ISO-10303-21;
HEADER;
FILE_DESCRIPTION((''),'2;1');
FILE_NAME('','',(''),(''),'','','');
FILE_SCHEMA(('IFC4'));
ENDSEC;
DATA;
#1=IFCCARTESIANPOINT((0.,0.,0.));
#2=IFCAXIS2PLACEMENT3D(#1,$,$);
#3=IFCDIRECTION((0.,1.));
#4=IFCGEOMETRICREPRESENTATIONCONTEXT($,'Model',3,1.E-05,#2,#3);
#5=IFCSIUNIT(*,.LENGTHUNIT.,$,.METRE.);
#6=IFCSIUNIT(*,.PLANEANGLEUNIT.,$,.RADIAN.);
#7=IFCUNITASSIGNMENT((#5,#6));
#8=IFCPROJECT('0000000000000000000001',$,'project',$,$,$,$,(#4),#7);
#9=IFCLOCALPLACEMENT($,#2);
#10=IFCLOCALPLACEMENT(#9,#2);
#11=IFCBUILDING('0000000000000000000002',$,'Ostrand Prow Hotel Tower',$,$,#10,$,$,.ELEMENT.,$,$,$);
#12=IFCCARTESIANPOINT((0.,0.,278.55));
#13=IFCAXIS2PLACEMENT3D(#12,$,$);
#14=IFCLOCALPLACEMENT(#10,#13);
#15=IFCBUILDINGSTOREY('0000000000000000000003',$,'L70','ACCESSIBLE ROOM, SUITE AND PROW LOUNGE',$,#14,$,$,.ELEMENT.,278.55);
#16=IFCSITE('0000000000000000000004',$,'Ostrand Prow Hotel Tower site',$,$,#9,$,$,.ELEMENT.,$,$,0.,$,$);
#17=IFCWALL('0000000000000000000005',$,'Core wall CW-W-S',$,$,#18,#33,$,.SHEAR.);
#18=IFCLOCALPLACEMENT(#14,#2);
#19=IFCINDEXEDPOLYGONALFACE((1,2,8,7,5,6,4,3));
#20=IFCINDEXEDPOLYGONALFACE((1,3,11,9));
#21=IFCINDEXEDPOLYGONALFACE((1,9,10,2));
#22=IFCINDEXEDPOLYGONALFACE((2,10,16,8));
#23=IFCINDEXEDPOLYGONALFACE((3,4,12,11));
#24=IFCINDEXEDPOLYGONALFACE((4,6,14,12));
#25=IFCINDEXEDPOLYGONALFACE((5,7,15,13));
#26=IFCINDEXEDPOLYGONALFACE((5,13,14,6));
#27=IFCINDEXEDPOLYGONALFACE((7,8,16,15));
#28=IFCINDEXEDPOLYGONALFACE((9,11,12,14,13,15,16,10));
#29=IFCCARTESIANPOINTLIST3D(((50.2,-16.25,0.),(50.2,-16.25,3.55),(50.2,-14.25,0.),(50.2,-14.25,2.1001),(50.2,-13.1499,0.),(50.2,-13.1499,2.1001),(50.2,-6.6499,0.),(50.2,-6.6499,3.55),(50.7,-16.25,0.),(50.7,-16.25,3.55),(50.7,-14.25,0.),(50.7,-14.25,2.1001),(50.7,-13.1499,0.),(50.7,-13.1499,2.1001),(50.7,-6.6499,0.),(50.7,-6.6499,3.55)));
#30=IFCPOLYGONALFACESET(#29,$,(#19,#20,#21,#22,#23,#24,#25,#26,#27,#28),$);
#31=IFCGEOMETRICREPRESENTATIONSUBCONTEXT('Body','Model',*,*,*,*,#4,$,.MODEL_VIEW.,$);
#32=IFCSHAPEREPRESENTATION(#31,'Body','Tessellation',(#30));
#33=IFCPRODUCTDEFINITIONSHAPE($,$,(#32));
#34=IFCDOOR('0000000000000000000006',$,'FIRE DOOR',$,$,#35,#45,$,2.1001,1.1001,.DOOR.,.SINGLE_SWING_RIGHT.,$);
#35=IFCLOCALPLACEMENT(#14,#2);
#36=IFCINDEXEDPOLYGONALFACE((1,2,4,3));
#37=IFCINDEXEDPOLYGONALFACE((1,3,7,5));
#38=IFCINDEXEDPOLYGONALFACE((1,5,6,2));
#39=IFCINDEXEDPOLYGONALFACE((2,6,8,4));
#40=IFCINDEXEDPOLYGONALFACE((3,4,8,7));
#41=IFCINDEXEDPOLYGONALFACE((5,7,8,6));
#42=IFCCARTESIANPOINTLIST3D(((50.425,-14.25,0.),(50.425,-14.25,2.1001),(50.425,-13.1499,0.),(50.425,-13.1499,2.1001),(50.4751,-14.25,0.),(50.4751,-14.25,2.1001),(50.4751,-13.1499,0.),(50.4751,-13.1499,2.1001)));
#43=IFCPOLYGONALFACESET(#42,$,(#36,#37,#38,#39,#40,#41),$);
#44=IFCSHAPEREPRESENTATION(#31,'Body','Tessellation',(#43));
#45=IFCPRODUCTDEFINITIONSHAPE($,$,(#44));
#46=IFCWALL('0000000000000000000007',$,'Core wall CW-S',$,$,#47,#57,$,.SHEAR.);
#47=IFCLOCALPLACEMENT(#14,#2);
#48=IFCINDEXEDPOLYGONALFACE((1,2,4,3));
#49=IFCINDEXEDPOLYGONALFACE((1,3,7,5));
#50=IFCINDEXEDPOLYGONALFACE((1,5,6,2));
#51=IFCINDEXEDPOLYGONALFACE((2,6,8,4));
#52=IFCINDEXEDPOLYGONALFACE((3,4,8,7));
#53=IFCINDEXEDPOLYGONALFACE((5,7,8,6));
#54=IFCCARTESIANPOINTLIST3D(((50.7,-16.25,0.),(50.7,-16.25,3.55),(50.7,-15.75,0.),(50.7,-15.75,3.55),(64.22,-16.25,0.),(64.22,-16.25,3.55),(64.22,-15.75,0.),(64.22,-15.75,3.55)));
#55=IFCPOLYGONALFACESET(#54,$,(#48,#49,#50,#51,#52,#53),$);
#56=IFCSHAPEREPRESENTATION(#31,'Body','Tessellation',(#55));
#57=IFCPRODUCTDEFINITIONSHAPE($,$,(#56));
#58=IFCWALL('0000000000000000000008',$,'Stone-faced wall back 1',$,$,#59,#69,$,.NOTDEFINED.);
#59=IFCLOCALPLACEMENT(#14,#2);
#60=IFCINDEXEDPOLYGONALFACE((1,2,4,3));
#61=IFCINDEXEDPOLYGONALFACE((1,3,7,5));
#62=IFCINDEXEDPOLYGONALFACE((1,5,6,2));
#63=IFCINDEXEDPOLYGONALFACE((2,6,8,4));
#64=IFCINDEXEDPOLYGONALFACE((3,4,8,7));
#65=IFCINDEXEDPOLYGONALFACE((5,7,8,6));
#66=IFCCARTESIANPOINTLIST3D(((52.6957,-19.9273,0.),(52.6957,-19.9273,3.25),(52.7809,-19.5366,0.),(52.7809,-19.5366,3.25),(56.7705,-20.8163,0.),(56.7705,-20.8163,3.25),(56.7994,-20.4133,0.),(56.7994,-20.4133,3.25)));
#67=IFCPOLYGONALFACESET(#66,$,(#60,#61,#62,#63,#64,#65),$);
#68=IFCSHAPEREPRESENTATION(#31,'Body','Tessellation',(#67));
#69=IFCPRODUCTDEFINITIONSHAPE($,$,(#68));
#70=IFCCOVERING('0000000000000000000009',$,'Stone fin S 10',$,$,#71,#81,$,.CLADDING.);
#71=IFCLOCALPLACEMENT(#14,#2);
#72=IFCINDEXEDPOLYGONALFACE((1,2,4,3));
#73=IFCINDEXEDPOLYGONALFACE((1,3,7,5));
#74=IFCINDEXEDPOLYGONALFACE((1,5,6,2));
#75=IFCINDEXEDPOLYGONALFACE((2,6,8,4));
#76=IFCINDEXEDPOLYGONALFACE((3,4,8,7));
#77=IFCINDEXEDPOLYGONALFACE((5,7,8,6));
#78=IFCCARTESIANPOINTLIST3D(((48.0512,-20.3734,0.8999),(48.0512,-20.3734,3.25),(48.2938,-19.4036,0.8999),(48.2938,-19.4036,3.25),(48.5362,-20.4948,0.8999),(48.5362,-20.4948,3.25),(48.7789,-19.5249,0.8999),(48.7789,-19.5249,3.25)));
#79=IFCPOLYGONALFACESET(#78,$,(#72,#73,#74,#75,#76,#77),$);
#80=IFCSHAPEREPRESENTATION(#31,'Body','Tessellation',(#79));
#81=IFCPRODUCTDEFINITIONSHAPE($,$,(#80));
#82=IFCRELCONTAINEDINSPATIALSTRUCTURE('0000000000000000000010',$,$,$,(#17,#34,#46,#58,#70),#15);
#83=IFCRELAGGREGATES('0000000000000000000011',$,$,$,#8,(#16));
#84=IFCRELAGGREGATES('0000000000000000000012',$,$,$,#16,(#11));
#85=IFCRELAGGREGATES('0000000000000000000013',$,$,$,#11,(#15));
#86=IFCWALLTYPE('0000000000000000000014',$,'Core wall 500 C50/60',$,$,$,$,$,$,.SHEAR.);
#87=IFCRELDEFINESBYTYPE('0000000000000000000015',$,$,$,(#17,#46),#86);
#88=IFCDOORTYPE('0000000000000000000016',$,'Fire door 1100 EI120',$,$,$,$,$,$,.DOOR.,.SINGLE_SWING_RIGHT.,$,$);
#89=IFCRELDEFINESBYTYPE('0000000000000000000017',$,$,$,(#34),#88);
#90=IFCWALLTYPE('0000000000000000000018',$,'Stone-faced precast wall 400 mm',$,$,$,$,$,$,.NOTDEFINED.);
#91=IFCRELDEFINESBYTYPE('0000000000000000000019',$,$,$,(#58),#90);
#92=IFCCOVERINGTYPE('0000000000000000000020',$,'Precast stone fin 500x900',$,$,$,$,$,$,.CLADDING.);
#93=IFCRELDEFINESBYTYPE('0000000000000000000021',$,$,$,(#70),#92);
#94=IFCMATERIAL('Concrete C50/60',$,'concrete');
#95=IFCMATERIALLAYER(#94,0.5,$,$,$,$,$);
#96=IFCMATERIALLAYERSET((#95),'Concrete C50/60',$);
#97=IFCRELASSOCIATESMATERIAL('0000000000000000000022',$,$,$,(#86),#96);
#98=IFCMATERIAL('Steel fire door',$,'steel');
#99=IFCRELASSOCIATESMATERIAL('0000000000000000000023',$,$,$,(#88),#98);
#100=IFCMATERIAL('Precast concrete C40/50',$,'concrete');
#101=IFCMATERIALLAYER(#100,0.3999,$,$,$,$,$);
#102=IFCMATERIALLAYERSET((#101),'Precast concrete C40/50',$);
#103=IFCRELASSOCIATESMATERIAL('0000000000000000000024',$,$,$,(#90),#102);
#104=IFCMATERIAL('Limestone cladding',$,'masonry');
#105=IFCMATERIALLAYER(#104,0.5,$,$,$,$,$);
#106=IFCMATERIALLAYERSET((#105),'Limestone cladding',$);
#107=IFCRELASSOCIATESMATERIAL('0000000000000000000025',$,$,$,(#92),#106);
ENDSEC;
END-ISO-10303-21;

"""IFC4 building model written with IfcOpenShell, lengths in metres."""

from ifc_helpers import new_model, si_unit, direction, frame, frame_2d, origin, place, context, subcontext, project, spatial, polyline, rectangle, outline, extrude, material, layer, layer_set, type_object, element, fill, save


model = new_model("IFC4")

# Units and contexts
model_context = context("Model", 3, precision=1e-05, world=origin(), true_north=direction((0.0, 1.0)))
body_context = subcontext(model_context, "Body", "Model", "MODEL_VIEW")
ifc_project = project(units=[si_unit("LENGTHUNIT", "METRE"), si_unit("PLANEANGLEUNIT", "RADIAN")], contexts=[model_context])

# Site, building, storey
site_placement = place(None, origin())
site = spatial("IfcSite", under=ifc_project, at=site_placement, Name="Ostrand Prow Hotel Tower site", CompositionType="ELEMENT", RefElevation=0.0)
building_placement = place(site_placement, origin())
building = spatial("IfcBuilding", under=site, at=building_placement, Name="Ostrand Prow Hotel Tower", CompositionType="ELEMENT")
storey_placement = place(building_placement, frame((0.0, 0.0, 278.55)))
storey = spatial("IfcBuildingStorey", under=building, at=storey_placement, Name="L70", Description="ACCESSIBLE ROOM, SUITE AND PROW LOUNGE", CompositionType="ELEMENT", Elevation=278.55)

# Wall, opening, door
ifc_material_1 = material(Name="Concrete C50/60", Category="concrete")
ifc_layer_1 = layer(ifc_material_1, 0.5)
ifc_layer_set_1 = layer_set([ifc_layer_1], Name="Concrete C50/60")
wall_type_1 = type_object("IfcWallType", Name="Core wall 500 C50/60", PredefinedType="SHEAR", material=ifc_layer_set_1)
wall_1_placement = place(storey_placement, frame((50.45, -16.25, 0.0), z_axis=(0.0, 0.0, 1.0), x_axis=(0.0, 1.0, 0.0)))
wall_1 = element("IfcWall", 1, at=wall_1_placement, inside=storey, type_object=wall_type_1, Name="Core wall CW-W-S", PredefinedType="SHEAR", context=body_context, shape_type="SweptSolid", body=[
    extrude(rectangle(XDim=9.6001, YDim=0.5, at=frame_2d((4.8, 0.0))), origin(), (0.0, 0.0, 1.0), 3.55),
])
opening_placement = place(wall_1_placement, frame((2.0, 0.0, 0.0)))
opening = element("IfcOpeningElement", 2, at=opening_placement, cuts=wall_1, PredefinedType="OPENING", context=body_context, shape_type="SweptSolid", body=[
    extrude(rectangle(XDim=1.1001, YDim=2.1001, at=frame_2d((0.55, 1.05))), frame((0.0, 0.26, 0.0), z_axis=(0.0, -1.0, 0.0), x_axis=(1.0, 0.0, 0.0)), (0.0, 0.0, 1.0), 0.52),
])
ifc_material_2 = material(Name="Steel fire door", Category="steel")
door_type = type_object("IfcDoorType", Name="Fire door 1100 EI120", OperationType="SINGLE_SWING_RIGHT", PredefinedType="DOOR", material=ifc_material_2)
door_placement = place(opening_placement, origin())
door = element("IfcDoor", 3, at=door_placement, inside=storey, type_object=door_type, Name="FIRE DOOR", OperationType="SINGLE_SWING_RIGHT", OverallHeight=2.1001, OverallWidth=1.1001, PredefinedType="DOOR", context=body_context, shape_type="SweptSolid", body=[
    extrude(rectangle(XDim=1.1001, YDim=2.1001, at=frame_2d((0.55, 1.05))), frame((0.0, 0.0249, 0.0), z_axis=(0.0, -1.0, 0.0), x_axis=(1.0, 0.0, 0.0)), (0.0, 0.0, 1.0), 0.05),
])
fill(opening, door)

# Walls
wall_2_placement = place(storey_placement, frame((50.7, -16.0, 0.0), z_axis=(0.0, 0.0, 1.0), x_axis=(1.0, 0.0, 0.0)))
element("IfcWall", 4, at=wall_2_placement, inside=storey, type_object=wall_type_1, Name="Core wall CW-S", PredefinedType="SHEAR", context=body_context, shape_type="SweptSolid", body=[
    extrude(rectangle(XDim=13.52, YDim=0.5, at=frame_2d((6.76, 0.0))), origin(), (0.0, 0.0, 1.0), 3.55),
])
ifc_material_3 = material(Name="Precast concrete C40/50", Category="concrete")
ifc_layer_2 = layer(ifc_material_3, 0.3999)
ifc_layer_set_2 = layer_set([ifc_layer_2], Name="Precast concrete C40/50")
wall_type_2 = type_object("IfcWallType", Name="Stone-faced precast wall 400 mm", PredefinedType="NOTDEFINED", material=ifc_layer_set_2)
wall_3_placement = place(storey_placement, frame((52.7383, -19.7319, 0.0), z_axis=(0.0, 0.0, 1.0), x_axis=(0.97702, -0.213147, 0.0)))
element("IfcWall", 5, at=wall_3_placement, inside=storey, type_object=wall_type_2, Name="Stone-faced wall back 1", PredefinedType="NOTDEFINED", context=body_context, shape_type="SweptSolid", body=[
    extrude(outline(polyline([(0.0, -0.2), (4.1707, -0.2), (4.113, 0.2), (0.0, 0.2), (0.0, -0.2)])), origin(), (0.0, 0.0, 1.0), 3.25),
])

# Covering
ifc_material_4 = material(Name="Limestone cladding", Category="masonry")
ifc_layer_3 = layer(ifc_material_4, 0.5)
ifc_layer_set_3 = layer_set([ifc_layer_3], Name="Limestone cladding")
covering_type = type_object("IfcCoveringType", Name="Precast stone fin 500x900", PredefinedType="CLADDING", material=ifc_layer_set_3)
covering_placement = place(storey_placement, frame((48.5364, -19.4641, 0.8999), z_axis=(0.0, 0.0, 1.0), x_axis=(-0.242708, -0.970099, 0.0)))
element("IfcCovering", 6, at=covering_placement, inside=storey, type_object=covering_type, Name="Stone fin S 10", PredefinedType="CLADDING", context=body_context, shape_type="SweptSolid", body=[
    extrude(rectangle(XDim=0.9998, YDim=0.5, at=frame_2d((0.5, 0.0))), origin(), (0.0, 0.0, 1.0), 2.3501),
])

save(model, "model.ifc")
